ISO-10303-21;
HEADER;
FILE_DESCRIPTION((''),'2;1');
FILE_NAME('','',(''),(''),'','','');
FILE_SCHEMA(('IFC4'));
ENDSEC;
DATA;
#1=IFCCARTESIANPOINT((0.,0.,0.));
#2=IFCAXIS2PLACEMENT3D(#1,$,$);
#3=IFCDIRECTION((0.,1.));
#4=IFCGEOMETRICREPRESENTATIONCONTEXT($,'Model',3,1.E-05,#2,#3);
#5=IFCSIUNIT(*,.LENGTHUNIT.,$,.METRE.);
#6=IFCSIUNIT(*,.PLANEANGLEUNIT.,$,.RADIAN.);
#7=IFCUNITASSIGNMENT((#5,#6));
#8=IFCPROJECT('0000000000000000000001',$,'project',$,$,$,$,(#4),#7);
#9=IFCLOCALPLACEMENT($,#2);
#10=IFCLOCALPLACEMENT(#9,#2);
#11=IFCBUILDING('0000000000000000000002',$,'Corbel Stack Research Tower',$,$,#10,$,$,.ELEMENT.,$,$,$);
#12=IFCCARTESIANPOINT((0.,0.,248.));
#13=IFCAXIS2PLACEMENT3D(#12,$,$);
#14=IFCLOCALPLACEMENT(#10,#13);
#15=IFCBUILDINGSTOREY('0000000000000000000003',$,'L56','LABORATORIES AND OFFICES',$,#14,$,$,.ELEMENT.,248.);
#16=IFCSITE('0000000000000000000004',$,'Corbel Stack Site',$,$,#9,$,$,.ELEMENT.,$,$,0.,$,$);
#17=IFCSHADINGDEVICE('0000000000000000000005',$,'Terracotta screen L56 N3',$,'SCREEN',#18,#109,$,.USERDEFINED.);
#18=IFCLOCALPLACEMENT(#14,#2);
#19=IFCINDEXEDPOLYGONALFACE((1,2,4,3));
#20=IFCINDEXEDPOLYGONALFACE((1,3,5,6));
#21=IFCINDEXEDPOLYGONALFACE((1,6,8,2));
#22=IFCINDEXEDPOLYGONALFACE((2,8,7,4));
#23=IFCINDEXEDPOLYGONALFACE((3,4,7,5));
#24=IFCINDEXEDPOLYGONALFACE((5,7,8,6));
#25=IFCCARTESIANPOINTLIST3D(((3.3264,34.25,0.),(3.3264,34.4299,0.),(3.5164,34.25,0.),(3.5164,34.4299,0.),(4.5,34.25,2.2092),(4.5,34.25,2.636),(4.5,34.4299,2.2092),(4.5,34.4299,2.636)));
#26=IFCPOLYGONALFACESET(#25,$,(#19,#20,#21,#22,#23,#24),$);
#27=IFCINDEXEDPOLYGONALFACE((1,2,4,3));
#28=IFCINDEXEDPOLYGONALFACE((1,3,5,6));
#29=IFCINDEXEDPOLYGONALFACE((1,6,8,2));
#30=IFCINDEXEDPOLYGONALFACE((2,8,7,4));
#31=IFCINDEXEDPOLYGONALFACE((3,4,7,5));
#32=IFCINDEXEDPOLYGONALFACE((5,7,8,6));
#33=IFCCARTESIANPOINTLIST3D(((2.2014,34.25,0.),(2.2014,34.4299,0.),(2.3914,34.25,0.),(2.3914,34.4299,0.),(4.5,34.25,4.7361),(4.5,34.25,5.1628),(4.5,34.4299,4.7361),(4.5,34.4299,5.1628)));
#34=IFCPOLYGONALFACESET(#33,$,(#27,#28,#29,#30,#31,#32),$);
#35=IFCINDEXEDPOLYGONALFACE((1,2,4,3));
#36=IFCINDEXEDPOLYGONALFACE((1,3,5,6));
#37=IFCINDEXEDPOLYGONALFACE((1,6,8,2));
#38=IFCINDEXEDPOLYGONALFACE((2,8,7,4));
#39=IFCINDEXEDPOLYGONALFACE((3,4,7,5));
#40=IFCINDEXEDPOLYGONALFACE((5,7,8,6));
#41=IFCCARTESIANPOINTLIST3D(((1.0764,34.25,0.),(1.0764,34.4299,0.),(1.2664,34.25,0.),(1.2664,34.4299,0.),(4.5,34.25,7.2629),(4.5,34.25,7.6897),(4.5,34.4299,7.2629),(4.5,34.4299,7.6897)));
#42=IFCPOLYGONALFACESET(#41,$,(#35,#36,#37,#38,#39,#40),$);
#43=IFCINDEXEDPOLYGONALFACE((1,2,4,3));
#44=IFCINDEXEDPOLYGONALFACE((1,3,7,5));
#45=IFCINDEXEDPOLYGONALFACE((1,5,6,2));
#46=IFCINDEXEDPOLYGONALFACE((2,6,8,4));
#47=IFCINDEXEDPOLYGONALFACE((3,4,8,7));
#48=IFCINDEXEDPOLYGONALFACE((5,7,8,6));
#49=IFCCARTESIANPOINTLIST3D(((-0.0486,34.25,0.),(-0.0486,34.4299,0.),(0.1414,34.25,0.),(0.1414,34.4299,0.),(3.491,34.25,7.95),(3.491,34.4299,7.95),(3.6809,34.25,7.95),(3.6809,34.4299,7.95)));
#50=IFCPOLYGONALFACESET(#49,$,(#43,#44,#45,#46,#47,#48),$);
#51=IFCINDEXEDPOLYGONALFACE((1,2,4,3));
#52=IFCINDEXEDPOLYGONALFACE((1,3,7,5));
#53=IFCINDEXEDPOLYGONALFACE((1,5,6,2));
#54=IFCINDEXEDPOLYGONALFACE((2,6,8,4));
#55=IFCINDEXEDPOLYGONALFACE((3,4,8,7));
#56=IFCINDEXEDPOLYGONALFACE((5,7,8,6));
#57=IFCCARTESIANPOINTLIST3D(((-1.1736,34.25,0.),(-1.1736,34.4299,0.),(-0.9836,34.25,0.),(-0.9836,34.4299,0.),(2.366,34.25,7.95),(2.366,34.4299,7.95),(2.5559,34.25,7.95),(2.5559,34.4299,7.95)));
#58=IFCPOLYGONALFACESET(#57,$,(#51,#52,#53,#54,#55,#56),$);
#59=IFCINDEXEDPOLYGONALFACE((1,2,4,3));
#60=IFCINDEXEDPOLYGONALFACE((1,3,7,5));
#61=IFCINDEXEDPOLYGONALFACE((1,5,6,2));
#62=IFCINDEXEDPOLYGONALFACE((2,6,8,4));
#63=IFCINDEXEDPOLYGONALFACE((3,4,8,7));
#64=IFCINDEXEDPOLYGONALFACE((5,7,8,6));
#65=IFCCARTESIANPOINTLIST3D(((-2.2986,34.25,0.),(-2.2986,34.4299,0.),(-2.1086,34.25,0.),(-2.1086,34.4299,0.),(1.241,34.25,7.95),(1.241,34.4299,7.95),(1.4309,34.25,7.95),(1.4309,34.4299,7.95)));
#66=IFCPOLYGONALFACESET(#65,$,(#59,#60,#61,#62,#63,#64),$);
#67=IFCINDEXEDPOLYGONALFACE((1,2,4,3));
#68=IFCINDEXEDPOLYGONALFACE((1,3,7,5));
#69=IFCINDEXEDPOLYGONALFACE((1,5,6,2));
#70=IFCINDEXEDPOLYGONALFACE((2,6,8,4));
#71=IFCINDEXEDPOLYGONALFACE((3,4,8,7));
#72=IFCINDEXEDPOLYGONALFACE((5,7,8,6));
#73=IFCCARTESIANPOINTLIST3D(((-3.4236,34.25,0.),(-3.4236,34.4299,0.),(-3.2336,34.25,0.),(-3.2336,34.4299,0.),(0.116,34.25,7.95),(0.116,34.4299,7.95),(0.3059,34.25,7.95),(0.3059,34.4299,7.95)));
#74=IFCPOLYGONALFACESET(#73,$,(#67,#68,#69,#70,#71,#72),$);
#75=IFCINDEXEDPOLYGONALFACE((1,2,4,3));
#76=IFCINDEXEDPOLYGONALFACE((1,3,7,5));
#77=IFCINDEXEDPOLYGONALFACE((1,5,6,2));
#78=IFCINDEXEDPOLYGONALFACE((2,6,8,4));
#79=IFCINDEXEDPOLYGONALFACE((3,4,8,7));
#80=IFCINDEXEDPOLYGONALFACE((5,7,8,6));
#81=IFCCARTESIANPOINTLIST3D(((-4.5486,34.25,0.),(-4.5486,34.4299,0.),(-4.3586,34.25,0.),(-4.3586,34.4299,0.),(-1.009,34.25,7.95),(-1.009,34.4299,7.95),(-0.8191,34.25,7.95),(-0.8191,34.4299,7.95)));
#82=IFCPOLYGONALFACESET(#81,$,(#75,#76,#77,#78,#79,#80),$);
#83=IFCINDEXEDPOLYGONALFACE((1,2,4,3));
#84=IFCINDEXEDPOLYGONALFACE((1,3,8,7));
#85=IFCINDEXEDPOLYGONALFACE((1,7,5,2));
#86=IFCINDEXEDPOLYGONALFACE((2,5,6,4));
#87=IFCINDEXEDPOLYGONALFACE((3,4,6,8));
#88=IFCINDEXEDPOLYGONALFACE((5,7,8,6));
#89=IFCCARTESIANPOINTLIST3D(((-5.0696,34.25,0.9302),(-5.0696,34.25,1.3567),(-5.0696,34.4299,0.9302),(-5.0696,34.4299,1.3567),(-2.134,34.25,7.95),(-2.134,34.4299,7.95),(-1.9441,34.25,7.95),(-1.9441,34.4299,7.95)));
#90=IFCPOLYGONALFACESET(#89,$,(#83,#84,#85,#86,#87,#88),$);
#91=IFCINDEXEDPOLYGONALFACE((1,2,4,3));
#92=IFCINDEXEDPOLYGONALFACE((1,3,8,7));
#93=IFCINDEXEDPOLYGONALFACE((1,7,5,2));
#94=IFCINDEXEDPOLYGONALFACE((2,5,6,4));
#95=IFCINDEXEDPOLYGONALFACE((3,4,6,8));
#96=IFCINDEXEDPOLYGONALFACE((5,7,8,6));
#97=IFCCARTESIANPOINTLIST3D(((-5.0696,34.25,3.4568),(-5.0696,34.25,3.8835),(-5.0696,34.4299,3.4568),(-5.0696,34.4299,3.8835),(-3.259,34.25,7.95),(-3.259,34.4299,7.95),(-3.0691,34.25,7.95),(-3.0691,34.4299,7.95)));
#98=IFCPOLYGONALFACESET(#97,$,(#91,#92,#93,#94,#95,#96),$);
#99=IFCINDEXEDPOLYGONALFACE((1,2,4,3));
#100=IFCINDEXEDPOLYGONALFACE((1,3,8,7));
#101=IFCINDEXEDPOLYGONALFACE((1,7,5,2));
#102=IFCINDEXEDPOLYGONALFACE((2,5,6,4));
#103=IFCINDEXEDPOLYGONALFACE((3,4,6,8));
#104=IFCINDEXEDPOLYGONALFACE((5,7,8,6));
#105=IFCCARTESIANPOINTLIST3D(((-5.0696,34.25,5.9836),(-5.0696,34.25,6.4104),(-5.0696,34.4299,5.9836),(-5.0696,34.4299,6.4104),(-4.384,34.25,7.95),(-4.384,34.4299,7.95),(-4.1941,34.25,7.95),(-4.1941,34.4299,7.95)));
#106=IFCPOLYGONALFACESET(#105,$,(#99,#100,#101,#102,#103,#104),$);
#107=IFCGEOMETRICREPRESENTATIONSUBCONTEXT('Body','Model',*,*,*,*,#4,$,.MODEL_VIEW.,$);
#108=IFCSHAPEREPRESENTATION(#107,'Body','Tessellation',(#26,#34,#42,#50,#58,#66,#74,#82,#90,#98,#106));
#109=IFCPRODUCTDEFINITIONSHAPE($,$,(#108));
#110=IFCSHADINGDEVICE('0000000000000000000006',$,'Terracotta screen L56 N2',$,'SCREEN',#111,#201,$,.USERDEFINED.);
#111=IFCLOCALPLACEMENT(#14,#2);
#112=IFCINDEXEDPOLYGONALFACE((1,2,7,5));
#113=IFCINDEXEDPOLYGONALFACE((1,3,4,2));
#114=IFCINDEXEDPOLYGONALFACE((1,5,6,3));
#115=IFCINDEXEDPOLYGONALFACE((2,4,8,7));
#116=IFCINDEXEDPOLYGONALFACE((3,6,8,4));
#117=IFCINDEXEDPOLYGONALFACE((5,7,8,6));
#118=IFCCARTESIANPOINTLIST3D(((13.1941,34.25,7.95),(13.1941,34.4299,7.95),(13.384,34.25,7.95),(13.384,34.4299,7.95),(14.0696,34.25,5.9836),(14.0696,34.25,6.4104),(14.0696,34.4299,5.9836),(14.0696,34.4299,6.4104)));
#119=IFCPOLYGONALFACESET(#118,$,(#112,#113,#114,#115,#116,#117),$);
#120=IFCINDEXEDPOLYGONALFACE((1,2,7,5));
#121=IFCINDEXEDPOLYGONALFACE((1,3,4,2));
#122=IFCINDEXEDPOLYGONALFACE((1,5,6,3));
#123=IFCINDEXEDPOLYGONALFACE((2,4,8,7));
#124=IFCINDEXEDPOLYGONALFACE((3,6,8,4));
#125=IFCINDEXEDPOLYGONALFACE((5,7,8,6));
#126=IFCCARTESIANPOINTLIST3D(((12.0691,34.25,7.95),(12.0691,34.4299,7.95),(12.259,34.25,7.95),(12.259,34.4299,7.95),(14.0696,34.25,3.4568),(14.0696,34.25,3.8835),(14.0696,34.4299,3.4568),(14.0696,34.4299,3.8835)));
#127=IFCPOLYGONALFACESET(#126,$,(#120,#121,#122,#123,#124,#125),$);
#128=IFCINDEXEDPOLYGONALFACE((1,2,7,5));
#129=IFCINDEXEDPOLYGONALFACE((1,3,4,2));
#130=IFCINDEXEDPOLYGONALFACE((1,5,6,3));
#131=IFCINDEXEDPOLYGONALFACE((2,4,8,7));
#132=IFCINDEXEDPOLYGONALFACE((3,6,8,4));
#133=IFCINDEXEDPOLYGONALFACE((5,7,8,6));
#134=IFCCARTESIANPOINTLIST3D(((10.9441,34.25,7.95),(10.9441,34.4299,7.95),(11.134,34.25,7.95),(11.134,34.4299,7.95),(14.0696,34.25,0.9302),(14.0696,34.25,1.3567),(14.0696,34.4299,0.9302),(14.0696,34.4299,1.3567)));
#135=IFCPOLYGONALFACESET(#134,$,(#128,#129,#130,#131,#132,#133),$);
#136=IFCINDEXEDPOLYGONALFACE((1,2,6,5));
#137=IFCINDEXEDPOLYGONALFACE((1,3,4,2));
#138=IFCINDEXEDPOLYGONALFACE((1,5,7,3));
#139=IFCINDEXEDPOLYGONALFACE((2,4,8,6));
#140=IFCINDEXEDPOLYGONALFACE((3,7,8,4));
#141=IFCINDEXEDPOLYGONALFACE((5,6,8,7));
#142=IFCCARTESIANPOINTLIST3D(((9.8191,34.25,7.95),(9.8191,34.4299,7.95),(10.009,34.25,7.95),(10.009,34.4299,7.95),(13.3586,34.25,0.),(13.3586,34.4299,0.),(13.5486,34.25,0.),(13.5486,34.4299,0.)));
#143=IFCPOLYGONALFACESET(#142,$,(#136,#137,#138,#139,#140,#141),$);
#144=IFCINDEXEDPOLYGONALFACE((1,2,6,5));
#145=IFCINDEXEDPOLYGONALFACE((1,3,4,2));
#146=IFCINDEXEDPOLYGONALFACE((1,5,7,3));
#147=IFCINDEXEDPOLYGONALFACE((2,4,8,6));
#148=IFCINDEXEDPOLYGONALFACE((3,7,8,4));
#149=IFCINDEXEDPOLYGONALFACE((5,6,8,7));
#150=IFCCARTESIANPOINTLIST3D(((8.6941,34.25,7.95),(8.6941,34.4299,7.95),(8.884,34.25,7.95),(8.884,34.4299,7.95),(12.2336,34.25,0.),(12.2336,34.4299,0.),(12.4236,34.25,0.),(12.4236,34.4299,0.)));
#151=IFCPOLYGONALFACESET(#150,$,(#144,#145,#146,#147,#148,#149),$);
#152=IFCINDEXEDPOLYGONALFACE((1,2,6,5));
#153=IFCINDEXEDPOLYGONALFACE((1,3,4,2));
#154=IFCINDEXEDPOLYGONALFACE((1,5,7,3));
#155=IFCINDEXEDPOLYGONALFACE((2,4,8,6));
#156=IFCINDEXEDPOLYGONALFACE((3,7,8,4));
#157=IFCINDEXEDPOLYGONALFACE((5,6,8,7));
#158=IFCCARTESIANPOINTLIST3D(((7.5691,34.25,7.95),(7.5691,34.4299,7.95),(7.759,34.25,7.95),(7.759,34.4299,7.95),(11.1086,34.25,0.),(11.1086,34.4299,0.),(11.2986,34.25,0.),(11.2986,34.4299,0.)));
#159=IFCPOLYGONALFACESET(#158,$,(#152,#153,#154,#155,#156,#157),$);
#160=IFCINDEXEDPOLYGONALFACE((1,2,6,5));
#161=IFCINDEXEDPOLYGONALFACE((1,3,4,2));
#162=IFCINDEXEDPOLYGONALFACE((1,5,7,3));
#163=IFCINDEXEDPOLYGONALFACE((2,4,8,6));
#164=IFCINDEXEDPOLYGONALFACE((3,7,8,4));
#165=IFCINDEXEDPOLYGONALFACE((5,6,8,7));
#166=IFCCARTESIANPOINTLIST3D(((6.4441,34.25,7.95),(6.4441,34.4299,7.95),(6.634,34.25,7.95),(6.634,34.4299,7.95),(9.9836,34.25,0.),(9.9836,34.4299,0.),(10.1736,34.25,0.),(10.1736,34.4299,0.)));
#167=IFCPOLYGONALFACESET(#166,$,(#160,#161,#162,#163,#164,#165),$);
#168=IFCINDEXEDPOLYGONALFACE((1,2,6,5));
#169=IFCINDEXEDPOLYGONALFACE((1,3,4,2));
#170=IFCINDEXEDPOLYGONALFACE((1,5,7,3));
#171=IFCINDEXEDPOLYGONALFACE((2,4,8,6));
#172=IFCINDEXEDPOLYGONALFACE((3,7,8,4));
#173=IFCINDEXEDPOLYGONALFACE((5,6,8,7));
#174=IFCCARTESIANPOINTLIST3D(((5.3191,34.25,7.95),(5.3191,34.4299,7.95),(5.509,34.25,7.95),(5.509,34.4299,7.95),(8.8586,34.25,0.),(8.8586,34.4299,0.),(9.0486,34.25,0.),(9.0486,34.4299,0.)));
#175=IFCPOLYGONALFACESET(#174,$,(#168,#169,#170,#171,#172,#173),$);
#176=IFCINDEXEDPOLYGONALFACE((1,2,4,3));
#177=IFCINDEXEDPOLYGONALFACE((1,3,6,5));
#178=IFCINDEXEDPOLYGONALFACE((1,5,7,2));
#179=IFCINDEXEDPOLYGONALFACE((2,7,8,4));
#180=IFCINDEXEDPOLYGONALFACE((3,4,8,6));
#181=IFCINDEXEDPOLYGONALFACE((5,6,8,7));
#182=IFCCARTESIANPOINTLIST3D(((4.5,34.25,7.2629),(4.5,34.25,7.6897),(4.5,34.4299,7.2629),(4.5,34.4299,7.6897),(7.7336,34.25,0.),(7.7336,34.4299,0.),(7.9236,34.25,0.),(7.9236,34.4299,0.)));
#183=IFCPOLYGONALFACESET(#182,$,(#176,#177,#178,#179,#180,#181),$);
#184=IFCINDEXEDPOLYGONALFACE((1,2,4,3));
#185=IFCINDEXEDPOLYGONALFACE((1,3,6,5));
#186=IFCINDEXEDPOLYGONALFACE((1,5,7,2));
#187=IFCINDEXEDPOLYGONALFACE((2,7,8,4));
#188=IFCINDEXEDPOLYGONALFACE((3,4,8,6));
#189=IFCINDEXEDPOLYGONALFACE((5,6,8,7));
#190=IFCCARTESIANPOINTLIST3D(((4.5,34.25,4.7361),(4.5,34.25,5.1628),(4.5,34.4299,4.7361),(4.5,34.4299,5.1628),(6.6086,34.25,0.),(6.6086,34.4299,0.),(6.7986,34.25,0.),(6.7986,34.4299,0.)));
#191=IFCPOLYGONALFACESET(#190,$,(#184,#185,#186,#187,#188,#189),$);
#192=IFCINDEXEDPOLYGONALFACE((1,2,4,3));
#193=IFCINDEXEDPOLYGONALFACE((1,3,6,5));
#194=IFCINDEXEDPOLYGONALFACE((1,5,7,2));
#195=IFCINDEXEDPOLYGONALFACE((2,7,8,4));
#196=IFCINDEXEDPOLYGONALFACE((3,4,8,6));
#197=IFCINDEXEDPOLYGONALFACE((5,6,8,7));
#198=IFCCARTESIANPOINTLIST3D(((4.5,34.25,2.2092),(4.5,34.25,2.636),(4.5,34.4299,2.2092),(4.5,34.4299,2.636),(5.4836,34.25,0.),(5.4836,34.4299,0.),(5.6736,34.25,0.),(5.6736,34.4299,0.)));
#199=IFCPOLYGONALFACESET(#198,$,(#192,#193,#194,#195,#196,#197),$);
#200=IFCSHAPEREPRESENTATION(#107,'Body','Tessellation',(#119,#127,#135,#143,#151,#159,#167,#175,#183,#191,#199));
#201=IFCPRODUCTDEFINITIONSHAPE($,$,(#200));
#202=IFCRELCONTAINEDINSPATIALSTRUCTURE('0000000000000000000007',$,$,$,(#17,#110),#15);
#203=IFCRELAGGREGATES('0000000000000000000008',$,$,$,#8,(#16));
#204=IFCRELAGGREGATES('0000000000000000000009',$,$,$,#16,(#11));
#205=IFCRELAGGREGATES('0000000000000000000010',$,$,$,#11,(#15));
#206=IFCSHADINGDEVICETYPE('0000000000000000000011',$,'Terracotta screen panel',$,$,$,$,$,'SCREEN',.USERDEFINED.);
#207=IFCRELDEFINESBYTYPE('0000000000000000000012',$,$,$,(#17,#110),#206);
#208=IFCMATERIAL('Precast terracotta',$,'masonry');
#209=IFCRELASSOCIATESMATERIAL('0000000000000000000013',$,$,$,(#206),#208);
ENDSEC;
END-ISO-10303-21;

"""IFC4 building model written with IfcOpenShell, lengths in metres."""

from ifc_helpers import new_model, si_unit, direction, frame, origin, place, context, subcontext, project, spatial, polyline, outline, extrude, source, transform, mapped, material, type_object, element, save


model = new_model("IFC4")

# Units and contexts
model_context = context("Model", 3, precision=1e-05, world=origin(), true_north=direction((0.0, 1.0)))
body_context = subcontext(model_context, "Body", "Model", "MODEL_VIEW")
ifc_project = project(units=[si_unit("LENGTHUNIT", "METRE"), si_unit("PLANEANGLEUNIT", "RADIAN")], contexts=[model_context])

# Site, building, storey
site_placement = place(None, origin())
site = spatial("IfcSite", under=ifc_project, at=site_placement, Name="Corbel Stack Site", CompositionType="ELEMENT", RefElevation=0.0)
building_placement = place(site_placement, origin())
building = spatial("IfcBuilding", under=site, at=building_placement, Name="Corbel Stack Research Tower", CompositionType="ELEMENT")
storey_placement = place(building_placement, frame((0.0, 0.0, 248.0)))
storey = spatial("IfcBuildingStorey", under=building, at=storey_placement, Name="L56", Description="LABORATORIES AND OFFICES", CompositionType="ELEMENT", Elevation=248.0)

# Shading devices
ifc_material_1 = material(Name="Precast terracotta", Category="masonry")
shading_device_type = type_object("IfcShadingDeviceType", Name="Terracotta screen panel", ElementType="SCREEN", PredefinedType="USERDEFINED", material=ifc_material_1)
shared_shape_1 = source(origin(), body_context, "Body", "SweptSolid", [
    extrude(outline(polyline([(1.1736, 0.0), (0.0, 2.636), (0.0, 2.2092), (0.9836, 0.0), (1.1736, 0.0)])), frame((0.0, 0.0, 0.0), z_axis=(0.0, -1.0, 0.0), x_axis=(1.0, 0.0, 0.0)), (0.0, 0.0, 1.0), 0.1799),
    extrude(outline(polyline([(2.2986, 0.0), (0.0, 5.1628), (0.0, 4.7361), (2.1086, 0.0), (2.2986, 0.0)])), frame((0.0, 0.0, 0.0), z_axis=(0.0, -1.0, 0.0), x_axis=(1.0, 0.0, 0.0)), (0.0, 0.0, 1.0), 0.1799),
    extrude(outline(polyline([(3.4236, 0.0), (0.0, 7.6897), (0.0, 7.2629), (3.2336, 0.0), (3.4236, 0.0)])), frame((0.0, 0.0, 0.0), z_axis=(0.0, -1.0, 0.0), x_axis=(1.0, 0.0, 0.0)), (0.0, 0.0, 1.0), 0.1799),
    extrude(outline(polyline([(4.5486, 0.0), (1.009, 7.95), (0.8191, 7.95), (4.3586, 0.0), (4.5486, 0.0)])), frame((0.0, 0.0, 0.0), z_axis=(0.0, -1.0, 0.0), x_axis=(1.0, 0.0, 0.0)), (0.0, 0.0, 1.0), 0.1799),
    extrude(outline(polyline([(5.6736, 0.0), (2.134, 7.95), (1.9441, 7.95), (5.4836, 0.0), (5.6736, 0.0)])), frame((0.0, 0.0, 0.0), z_axis=(0.0, -1.0, 0.0), x_axis=(1.0, 0.0, 0.0)), (0.0, 0.0, 1.0), 0.1799),
    extrude(outline(polyline([(6.7986, 0.0), (3.259, 7.95), (3.0691, 7.95), (6.6086, 0.0), (6.7986, 0.0)])), frame((0.0, 0.0, 0.0), z_axis=(0.0, -1.0, 0.0), x_axis=(1.0, 0.0, 0.0)), (0.0, 0.0, 1.0), 0.1799),
    extrude(outline(polyline([(7.9236, 0.0), (4.384, 7.95), (4.1941, 7.95), (7.7336, 0.0), (7.9236, 0.0)])), frame((0.0, 0.0, 0.0), z_axis=(0.0, -1.0, 0.0), x_axis=(1.0, 0.0, 0.0)), (0.0, 0.0, 1.0), 0.1799),
    extrude(outline(polyline([(9.0486, 0.0), (5.509, 7.95), (5.3191, 7.95), (8.8586, 0.0), (9.0486, 0.0)])), frame((0.0, 0.0, 0.0), z_axis=(0.0, -1.0, 0.0), x_axis=(1.0, 0.0, 0.0)), (0.0, 0.0, 1.0), 0.1799),
    extrude(outline(polyline([(6.634, 7.95), (6.4441, 7.95), (9.5696, 0.9302), (9.5696, 1.3567), (6.634, 7.95)])), frame((0.0, 0.0, 0.0), z_axis=(0.0, -1.0, 0.0), x_axis=(1.0, 0.0, 0.0)), (0.0, 0.0, 1.0), 0.1799),
    extrude(outline(polyline([(7.759, 7.95), (7.5691, 7.95), (9.5696, 3.4568), (9.5696, 3.8835), (7.759, 7.95)])), frame((0.0, 0.0, 0.0), z_axis=(0.0, -1.0, 0.0), x_axis=(1.0, 0.0, 0.0)), (0.0, 0.0, 1.0), 0.1799),
    extrude(outline(polyline([(8.884, 7.95), (8.6941, 7.95), (9.5696, 5.9836), (9.5696, 6.4104), (8.884, 7.95)])), frame((0.0, 0.0, 0.0), z_axis=(0.0, -1.0, 0.0), x_axis=(1.0, 0.0, 0.0)), (0.0, 0.0, 1.0), 0.1799),
])
shading_device_1_placement = place(storey_placement, frame((4.5, 34.25, 0.0), z_axis=(0.0, 0.0, 1.0), x_axis=(-1.0, 0.0, 0.0)))
element("IfcShadingDevice", 1, at=shading_device_1_placement, inside=storey, type_object=shading_device_type, Name="Terracotta screen L56 N3", ObjectType="SCREEN", PredefinedType="USERDEFINED", context=body_context, shape_type="MappedRepresentation", body=[
    mapped(shared_shape_1, transform((0.0, 0.0, 0.0))),
])
shared_shape_2 = source(origin(), body_context, "Body", "SweptSolid", [
    extrude(outline(polyline([(0.8755, 7.95), (0.6855, 7.95), (0.0, 6.4104), (0.0, 5.9836), (0.8755, 7.95)])), frame((0.0, 0.0, 0.0), z_axis=(0.0, -1.0, 0.0), x_axis=(1.0, 0.0, 0.0)), (0.0, 0.0, 1.0), 0.1799),
    extrude(outline(polyline([(2.0005, 7.95), (1.8105, 7.95), (0.0, 3.8835), (0.0, 3.4568), (2.0005, 7.95)])), frame((0.0, 0.0, 0.0), z_axis=(0.0, -1.0, 0.0), x_axis=(1.0, 0.0, 0.0)), (0.0, 0.0, 1.0), 0.1799),
    extrude(outline(polyline([(3.1255, 7.95), (2.9355, 7.95), (0.0, 1.3567), (0.0, 0.9302), (3.1255, 7.95)])), frame((0.0, 0.0, 0.0), z_axis=(0.0, -1.0, 0.0), x_axis=(1.0, 0.0, 0.0)), (0.0, 0.0, 1.0), 0.1799),
    extrude(outline(polyline([(0.7109, 0.0), (4.2505, 7.95), (4.0605, 7.95), (0.521, 0.0), (0.7109, 0.0)])), frame((0.0, 0.0, 0.0), z_axis=(0.0, -1.0, 0.0), x_axis=(1.0, 0.0, 0.0)), (0.0, 0.0, 1.0), 0.1799),
    extrude(outline(polyline([(1.8359, 0.0), (5.3755, 7.95), (5.1855, 7.95), (1.646, 0.0), (1.8359, 0.0)])), frame((0.0, 0.0, 0.0), z_axis=(0.0, -1.0, 0.0), x_axis=(1.0, 0.0, 0.0)), (0.0, 0.0, 1.0), 0.1799),
    extrude(outline(polyline([(2.9609, 0.0), (6.5005, 7.95), (6.3105, 7.95), (2.771, 0.0), (2.9609, 0.0)])), frame((0.0, 0.0, 0.0), z_axis=(0.0, -1.0, 0.0), x_axis=(1.0, 0.0, 0.0)), (0.0, 0.0, 1.0), 0.1799),
    extrude(outline(polyline([(4.0859, 0.0), (7.6255, 7.95), (7.4355, 7.95), (3.896, 0.0), (4.0859, 0.0)])), frame((0.0, 0.0, 0.0), z_axis=(0.0, -1.0, 0.0), x_axis=(1.0, 0.0, 0.0)), (0.0, 0.0, 1.0), 0.1799),
    extrude(outline(polyline([(5.2109, 0.0), (8.7505, 7.95), (8.5605, 7.95), (5.021, 0.0), (5.2109, 0.0)])), frame((0.0, 0.0, 0.0), z_axis=(0.0, -1.0, 0.0), x_axis=(1.0, 0.0, 0.0)), (0.0, 0.0, 1.0), 0.1799),
    extrude(outline(polyline([(6.3359, 0.0), (9.5696, 7.2629), (9.5696, 7.6897), (6.146, 0.0), (6.3359, 0.0)])), frame((0.0, 0.0, 0.0), z_axis=(0.0, -1.0, 0.0), x_axis=(1.0, 0.0, 0.0)), (0.0, 0.0, 1.0), 0.1799),
    extrude(outline(polyline([(7.4609, 0.0), (9.5696, 4.7361), (9.5696, 5.1628), (7.271, 0.0), (7.4609, 0.0)])), frame((0.0, 0.0, 0.0), z_axis=(0.0, -1.0, 0.0), x_axis=(1.0, 0.0, 0.0)), (0.0, 0.0, 1.0), 0.1799),
    extrude(outline(polyline([(8.5859, 0.0), (9.5696, 2.2092), (9.5696, 2.636), (8.396, 0.0), (8.5859, 0.0)])), frame((0.0, 0.0, 0.0), z_axis=(0.0, -1.0, 0.0), x_axis=(1.0, 0.0, 0.0)), (0.0, 0.0, 1.0), 0.1799),
])
shading_device_2_placement = place(storey_placement, frame((14.0696, 34.25, 0.0), z_axis=(0.0, 0.0, 1.0), x_axis=(-1.0, 0.0, 0.0)))
element("IfcShadingDevice", 2, at=shading_device_2_placement, inside=storey, type_object=shading_device_type, Name="Terracotta screen L56 N2", ObjectType="SCREEN", PredefinedType="USERDEFINED", context=body_context, shape_type="MappedRepresentation", body=[
    mapped(shared_shape_2, transform((0.0, 0.0, 0.0))),
])

save(model, "model.ifc")
